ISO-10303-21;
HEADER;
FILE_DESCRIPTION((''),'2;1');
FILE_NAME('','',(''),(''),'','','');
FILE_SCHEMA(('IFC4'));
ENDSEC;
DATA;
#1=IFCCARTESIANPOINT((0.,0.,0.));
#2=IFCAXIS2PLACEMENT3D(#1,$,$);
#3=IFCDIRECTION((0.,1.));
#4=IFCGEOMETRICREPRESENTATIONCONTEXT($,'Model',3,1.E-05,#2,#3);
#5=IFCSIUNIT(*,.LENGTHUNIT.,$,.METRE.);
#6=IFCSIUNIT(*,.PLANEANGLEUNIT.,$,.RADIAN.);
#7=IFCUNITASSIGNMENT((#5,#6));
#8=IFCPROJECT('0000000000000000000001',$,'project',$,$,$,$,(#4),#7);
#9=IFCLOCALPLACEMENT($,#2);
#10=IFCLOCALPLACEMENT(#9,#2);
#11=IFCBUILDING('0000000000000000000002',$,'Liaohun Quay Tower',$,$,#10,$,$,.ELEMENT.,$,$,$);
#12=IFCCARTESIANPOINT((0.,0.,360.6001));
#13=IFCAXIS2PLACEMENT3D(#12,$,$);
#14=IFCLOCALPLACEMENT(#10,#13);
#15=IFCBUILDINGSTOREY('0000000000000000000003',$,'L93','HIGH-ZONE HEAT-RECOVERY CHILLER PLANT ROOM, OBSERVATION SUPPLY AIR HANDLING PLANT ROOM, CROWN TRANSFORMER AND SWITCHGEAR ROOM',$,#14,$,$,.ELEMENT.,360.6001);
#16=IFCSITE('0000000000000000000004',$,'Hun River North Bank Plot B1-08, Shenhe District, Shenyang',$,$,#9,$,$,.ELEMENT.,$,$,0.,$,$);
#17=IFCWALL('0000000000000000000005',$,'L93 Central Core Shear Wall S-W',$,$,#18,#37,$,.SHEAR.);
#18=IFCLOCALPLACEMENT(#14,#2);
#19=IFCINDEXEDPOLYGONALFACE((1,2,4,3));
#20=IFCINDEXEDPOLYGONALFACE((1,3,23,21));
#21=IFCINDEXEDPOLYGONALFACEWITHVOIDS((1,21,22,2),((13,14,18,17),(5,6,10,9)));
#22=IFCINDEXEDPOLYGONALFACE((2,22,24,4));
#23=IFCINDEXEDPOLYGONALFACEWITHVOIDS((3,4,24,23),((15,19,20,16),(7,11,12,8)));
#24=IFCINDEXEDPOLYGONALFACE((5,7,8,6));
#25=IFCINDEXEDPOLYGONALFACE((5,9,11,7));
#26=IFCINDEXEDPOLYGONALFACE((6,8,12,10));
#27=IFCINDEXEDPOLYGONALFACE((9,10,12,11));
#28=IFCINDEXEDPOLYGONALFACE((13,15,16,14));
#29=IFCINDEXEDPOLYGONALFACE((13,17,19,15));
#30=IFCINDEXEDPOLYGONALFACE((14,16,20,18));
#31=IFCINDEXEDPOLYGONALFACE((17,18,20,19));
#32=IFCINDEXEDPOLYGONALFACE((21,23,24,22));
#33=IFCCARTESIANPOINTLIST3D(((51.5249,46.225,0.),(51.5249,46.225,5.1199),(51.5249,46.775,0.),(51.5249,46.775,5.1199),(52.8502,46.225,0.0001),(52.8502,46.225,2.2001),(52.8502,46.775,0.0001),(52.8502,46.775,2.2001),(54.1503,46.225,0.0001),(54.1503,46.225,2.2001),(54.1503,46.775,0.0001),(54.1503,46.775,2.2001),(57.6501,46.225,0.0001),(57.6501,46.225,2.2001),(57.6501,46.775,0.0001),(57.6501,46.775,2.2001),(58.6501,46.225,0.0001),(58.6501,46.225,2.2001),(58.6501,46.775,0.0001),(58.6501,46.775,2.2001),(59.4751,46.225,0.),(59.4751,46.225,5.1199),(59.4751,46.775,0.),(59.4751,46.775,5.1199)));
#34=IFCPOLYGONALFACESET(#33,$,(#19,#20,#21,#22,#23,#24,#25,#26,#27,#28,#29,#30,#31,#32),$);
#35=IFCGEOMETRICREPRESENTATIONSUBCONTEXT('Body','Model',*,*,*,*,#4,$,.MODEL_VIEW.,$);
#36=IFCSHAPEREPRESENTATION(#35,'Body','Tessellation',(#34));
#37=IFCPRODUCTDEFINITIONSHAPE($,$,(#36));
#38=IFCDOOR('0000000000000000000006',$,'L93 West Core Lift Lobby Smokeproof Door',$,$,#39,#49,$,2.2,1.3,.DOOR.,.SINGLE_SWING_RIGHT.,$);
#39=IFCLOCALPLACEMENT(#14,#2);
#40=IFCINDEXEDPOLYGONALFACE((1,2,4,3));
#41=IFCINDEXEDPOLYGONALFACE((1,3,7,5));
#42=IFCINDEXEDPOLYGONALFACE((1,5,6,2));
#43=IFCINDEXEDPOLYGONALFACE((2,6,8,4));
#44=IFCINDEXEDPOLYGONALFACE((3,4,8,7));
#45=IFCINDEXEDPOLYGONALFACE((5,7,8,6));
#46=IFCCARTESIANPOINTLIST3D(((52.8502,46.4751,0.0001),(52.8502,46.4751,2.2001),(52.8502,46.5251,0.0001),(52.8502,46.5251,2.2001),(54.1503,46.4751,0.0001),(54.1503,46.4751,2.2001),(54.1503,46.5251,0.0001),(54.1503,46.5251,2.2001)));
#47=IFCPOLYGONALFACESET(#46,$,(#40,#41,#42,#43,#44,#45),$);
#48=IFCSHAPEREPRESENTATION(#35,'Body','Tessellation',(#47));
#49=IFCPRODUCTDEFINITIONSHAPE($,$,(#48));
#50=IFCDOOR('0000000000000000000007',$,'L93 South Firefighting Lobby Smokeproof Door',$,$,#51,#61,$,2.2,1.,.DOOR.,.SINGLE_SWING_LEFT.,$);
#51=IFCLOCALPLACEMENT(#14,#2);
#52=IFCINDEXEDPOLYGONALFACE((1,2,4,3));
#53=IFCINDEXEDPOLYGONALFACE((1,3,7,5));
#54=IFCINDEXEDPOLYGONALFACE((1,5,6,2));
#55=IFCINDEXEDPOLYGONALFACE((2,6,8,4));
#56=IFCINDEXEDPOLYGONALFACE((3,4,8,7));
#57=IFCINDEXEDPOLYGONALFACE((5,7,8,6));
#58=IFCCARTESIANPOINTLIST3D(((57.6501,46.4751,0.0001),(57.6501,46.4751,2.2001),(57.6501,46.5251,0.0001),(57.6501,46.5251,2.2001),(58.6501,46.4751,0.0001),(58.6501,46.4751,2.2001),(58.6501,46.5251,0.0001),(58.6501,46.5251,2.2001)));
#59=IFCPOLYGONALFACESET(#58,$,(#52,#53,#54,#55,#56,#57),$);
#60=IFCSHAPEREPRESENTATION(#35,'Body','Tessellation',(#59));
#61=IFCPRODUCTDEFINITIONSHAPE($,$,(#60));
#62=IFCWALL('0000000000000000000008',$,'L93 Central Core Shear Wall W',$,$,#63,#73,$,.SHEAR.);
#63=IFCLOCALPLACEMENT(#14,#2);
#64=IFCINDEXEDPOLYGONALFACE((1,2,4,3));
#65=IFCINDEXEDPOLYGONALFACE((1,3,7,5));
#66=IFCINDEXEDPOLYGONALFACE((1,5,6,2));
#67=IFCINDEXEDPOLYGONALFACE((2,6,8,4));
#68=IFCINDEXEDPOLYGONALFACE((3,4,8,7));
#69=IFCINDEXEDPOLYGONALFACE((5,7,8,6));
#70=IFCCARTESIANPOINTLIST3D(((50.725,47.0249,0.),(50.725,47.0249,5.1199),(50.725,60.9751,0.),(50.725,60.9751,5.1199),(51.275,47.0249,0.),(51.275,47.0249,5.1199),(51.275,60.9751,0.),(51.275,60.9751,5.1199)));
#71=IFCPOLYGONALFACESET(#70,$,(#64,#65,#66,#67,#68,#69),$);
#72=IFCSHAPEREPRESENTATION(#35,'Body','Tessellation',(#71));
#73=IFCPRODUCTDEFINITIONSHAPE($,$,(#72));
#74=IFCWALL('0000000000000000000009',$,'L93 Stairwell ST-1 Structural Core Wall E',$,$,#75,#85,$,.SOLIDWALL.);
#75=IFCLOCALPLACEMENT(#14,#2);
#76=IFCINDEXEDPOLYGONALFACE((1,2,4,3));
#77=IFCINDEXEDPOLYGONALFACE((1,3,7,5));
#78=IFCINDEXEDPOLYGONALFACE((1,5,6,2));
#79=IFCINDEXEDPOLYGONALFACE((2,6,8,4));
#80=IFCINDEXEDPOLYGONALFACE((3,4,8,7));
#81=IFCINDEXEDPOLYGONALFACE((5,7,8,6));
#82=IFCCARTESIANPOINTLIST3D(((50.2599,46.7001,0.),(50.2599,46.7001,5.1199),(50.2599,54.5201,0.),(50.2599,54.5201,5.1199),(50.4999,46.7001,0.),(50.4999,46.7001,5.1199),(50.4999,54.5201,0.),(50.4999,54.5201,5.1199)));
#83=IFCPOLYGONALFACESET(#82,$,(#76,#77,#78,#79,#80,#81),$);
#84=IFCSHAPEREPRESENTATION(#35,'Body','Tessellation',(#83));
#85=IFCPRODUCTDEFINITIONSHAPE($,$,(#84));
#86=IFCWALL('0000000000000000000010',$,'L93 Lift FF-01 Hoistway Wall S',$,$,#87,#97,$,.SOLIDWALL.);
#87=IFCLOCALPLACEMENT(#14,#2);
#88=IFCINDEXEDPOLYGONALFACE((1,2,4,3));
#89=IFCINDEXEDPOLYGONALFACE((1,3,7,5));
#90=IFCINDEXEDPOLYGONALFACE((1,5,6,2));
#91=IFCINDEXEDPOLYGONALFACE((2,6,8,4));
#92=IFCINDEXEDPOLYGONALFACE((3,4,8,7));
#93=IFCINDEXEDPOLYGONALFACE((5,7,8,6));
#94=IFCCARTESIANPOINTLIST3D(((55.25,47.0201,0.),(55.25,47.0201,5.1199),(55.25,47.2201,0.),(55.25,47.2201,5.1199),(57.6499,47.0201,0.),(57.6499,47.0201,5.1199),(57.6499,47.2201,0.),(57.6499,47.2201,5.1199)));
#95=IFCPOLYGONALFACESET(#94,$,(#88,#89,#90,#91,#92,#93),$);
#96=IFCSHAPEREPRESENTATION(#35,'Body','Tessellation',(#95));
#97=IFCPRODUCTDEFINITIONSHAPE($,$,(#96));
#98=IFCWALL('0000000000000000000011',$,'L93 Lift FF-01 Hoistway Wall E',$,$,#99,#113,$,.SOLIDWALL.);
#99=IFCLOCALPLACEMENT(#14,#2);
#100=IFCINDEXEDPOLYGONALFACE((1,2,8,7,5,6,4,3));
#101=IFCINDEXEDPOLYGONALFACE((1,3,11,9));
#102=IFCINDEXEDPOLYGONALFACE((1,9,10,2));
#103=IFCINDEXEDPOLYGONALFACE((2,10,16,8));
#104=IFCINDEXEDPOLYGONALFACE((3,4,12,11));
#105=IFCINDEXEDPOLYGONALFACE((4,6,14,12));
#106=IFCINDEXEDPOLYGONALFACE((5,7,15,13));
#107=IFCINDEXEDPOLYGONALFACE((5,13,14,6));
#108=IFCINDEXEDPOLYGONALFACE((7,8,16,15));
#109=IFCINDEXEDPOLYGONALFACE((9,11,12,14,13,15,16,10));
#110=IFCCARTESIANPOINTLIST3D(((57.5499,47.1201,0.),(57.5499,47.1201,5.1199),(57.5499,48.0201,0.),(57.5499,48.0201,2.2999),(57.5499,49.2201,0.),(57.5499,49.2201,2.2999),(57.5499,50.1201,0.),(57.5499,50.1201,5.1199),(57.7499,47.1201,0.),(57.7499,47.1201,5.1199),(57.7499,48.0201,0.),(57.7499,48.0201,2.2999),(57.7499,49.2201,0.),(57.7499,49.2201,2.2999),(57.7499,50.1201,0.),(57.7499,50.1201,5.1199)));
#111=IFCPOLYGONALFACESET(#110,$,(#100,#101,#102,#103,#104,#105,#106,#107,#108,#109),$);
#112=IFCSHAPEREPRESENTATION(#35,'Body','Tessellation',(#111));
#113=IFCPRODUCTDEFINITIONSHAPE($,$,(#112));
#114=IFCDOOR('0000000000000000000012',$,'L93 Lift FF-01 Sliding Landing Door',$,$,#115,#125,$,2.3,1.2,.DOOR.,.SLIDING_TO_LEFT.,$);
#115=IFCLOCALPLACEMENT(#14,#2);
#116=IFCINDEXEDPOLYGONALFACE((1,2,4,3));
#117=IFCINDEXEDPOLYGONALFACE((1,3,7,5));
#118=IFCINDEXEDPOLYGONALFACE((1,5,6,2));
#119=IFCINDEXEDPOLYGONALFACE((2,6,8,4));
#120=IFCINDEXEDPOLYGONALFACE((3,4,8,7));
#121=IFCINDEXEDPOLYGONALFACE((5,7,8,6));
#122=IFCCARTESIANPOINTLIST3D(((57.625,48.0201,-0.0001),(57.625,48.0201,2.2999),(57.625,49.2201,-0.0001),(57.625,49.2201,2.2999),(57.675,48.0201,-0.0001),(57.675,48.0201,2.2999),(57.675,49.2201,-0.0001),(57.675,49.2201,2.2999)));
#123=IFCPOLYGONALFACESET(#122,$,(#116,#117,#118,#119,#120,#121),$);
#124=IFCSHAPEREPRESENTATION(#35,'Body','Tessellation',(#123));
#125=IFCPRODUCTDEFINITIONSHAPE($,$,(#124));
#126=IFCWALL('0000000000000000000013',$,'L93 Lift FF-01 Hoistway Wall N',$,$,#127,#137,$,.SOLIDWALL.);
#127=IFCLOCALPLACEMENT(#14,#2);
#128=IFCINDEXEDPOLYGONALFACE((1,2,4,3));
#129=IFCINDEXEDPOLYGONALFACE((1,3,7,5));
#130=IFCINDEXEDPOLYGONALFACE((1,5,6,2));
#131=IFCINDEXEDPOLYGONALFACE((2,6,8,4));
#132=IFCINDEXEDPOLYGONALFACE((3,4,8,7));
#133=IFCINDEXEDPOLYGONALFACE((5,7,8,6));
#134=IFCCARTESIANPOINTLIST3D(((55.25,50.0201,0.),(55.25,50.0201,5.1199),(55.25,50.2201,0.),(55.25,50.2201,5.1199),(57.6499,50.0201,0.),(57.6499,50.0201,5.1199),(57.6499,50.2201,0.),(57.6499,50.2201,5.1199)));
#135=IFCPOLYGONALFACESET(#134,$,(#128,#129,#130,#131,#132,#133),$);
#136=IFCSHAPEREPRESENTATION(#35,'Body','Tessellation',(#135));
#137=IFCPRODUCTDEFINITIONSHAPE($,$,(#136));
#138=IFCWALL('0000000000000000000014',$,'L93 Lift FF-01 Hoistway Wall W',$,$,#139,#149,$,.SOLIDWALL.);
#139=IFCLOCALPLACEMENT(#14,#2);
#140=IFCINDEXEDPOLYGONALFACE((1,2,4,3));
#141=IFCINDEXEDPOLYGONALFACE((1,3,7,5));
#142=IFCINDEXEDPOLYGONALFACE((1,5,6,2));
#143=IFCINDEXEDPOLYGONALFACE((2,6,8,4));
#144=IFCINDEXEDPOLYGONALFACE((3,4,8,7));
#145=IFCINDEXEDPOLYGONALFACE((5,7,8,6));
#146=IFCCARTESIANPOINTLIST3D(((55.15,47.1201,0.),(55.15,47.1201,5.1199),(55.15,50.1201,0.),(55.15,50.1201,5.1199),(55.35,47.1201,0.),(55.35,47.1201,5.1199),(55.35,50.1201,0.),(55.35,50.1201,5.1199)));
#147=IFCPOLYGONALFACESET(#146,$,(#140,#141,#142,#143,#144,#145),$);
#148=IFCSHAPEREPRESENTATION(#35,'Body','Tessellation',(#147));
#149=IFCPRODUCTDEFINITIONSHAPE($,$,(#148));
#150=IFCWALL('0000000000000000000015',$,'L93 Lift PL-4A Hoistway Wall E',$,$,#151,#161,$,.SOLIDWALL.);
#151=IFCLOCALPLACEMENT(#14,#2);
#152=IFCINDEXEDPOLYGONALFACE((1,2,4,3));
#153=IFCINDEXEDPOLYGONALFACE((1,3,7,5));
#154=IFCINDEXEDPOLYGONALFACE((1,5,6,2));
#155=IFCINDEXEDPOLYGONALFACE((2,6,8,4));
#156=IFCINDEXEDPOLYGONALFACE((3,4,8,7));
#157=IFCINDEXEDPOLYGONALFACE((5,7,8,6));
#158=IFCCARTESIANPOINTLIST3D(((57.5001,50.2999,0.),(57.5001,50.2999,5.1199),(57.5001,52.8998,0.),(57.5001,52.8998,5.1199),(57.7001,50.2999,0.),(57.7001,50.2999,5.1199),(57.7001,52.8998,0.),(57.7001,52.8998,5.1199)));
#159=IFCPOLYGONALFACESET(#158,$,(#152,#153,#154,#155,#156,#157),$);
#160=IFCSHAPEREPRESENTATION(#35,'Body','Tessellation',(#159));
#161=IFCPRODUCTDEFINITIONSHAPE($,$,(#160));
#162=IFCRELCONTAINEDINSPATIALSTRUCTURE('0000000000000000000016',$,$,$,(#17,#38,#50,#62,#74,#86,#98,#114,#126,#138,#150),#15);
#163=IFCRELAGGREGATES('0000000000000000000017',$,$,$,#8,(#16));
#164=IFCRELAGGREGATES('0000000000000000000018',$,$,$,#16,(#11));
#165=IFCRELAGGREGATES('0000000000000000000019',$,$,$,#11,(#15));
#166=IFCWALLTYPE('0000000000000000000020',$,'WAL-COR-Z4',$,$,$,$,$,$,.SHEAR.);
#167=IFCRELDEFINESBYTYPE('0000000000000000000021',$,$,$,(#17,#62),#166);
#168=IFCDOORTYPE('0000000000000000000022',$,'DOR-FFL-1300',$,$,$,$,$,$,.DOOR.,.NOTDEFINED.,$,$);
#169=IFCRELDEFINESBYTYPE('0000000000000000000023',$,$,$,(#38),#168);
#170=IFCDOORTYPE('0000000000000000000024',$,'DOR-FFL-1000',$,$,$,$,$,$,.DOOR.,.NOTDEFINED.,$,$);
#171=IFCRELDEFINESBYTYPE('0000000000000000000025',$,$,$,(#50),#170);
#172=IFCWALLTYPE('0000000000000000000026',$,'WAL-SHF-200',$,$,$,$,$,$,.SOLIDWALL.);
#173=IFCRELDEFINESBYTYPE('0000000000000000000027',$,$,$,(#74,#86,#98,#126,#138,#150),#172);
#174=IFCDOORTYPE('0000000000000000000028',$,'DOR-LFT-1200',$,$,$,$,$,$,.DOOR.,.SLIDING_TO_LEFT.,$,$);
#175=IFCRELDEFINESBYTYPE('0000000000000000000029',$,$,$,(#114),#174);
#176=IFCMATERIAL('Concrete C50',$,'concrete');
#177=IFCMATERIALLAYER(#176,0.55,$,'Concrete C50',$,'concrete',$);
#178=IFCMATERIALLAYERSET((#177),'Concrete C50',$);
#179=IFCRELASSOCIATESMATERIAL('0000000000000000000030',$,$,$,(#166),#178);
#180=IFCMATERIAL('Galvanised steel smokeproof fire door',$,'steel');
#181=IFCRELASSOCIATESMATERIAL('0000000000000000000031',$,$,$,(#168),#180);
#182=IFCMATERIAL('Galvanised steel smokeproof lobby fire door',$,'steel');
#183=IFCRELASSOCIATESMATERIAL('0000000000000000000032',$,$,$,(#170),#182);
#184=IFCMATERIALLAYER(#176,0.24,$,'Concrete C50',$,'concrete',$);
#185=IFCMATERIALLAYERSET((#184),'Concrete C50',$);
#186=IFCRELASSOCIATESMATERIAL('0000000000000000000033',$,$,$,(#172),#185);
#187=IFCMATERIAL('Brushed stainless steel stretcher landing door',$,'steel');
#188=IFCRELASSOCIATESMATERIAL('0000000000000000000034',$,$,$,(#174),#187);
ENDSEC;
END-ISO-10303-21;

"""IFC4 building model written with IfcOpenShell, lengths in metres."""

from ifc_helpers import new_model, si_unit, direction, frame, frame_2d, origin, place, context, subcontext, project, spatial, rectangle, extrude, source, transform, mapped, material, layer, layer_set, type_object, element, fill, save


model = new_model("IFC4")

# Units and contexts
model_context = context("Model", 3, precision=1e-05, world=origin(), true_north=direction((0.0, 1.0)))
body_context = subcontext(model_context, "Body", "Model", "MODEL_VIEW")
ifc_project = project(units=[si_unit("LENGTHUNIT", "METRE"), si_unit("PLANEANGLEUNIT", "RADIAN")], contexts=[model_context])

# Site, building, storey
site_placement = place(None, origin())
site = spatial("IfcSite", under=ifc_project, at=site_placement, Name="Hun River North Bank Plot B1-08, Shenhe District, Shenyang", CompositionType="ELEMENT", RefElevation=0.0)
building_placement = place(site_placement, origin())
building = spatial("IfcBuilding", under=site, at=building_placement, Name="Liaohun Quay Tower", CompositionType="ELEMENT")
storey_placement = place(building_placement, frame((0.0, 0.0, 360.6001)))
storey = spatial("IfcBuildingStorey", under=building, at=storey_placement, Name="L93", Description="HIGH-ZONE HEAT-RECOVERY CHILLER PLANT ROOM, OBSERVATION SUPPLY AIR HANDLING PLANT ROOM, CROWN TRANSFORMER AND SWITCHGEAR ROOM", CompositionType="ELEMENT", Elevation=360.6001)

# Shared definitions
ifc_material_1 = material(Name="Concrete C50", Category="concrete")

# Wall, openings, doors
ifc_layer_1 = layer(ifc_material_1, 0.55, Name="Concrete C50", Category="concrete")
ifc_layer_set_1 = layer_set([ifc_layer_1], Name="Concrete C50")
wall_type_1 = type_object("IfcWallType", Name="WAL-COR-Z4", PredefinedType="SHEAR", material=ifc_layer_set_1)
wall_1_placement = place(storey_placement, frame((59.4751, 46.5, 0.0), z_axis=(0.0, 0.0, 1.0), x_axis=(-1.0, 0.0, 0.0)))
wall_1 = element("IfcWall", 1, at=wall_1_placement, inside=storey, type_object=wall_type_1, Name="L93 Central Core Shear Wall S-W", PredefinedType="SHEAR", context=body_context, shape_type="SweptSolid", body=[
    extrude(rectangle(XDim=7.9502, YDim=0.55, at=frame_2d((3.9751, 0.0))), origin(), (0.0, 0.0, 1.0), 5.1199),
])
shared_shape_1 = source(origin(), body_context, "Body", "SweptSolid", [
    extrude(rectangle(XDim=1.3, YDim=2.2, at=frame_2d((0.6499, 1.1001))), frame((0.0, 0.2849, 0.0), z_axis=(0.0, -1.0, 0.0), x_axis=(1.0, 0.0, 0.0)), (0.0, 0.0, 1.0), 0.5701),
])
opening_1_placement = place(wall_1_placement, frame((5.325, 0.0, 0.0)))
opening_1 = element("IfcOpeningElement", 2, at=opening_1_placement, cuts=wall_1, PredefinedType="OPENING", context=body_context, shape_type="MappedRepresentation", body=[
    mapped(shared_shape_1, transform((0.0, 0.0, 0.0), x_axis=(1.0, 0.0, 0.0), y_axis=(0.0, 1.0, 0.0), z_axis=(0.0, 0.0, 1.0), scale=1.0)),
])
shared_shape_2 = source(origin(), body_context, "Body", "SweptSolid", [
    extrude(rectangle(XDim=1.0, YDim=2.2, at=frame_2d((0.5, 1.1001))), frame((0.0, 0.2849, 0.0), z_axis=(0.0, -1.0, 0.0), x_axis=(1.0, 0.0, 0.0)), (0.0, 0.0, 1.0), 0.5701),
])
opening_2_placement = place(wall_1_placement, frame((0.825, 0.0, 0.0)))
opening_2 = element("IfcOpeningElement", 3, at=opening_2_placement, cuts=wall_1, PredefinedType="OPENING", context=body_context, shape_type="MappedRepresentation", body=[
    mapped(shared_shape_2, transform((0.0, 0.0, 0.0), x_axis=(1.0, 0.0, 0.0), y_axis=(0.0, 1.0, 0.0), z_axis=(0.0, 0.0, 1.0), scale=1.0)),
])
ifc_material_2 = material(Name="Galvanised steel smokeproof fire door", Category="steel")
door_type_1 = type_object("IfcDoorType", Name="DOR-FFL-1300", OperationType="NOTDEFINED", PredefinedType="DOOR", material=ifc_material_2)
shared_shape_3 = source(origin(), body_context, "Body", "SweptSolid", [
    extrude(rectangle(XDim=1.3, YDim=2.2, at=frame_2d((0.6499, 1.1001))), frame((0.0, 0.0249, 0.0), z_axis=(0.0, -1.0, 0.0), x_axis=(1.0, 0.0, 0.0)), (0.0, 0.0, 1.0), 0.05),
])
door_1_placement = place(opening_1_placement, origin())
door_1 = element("IfcDoor", 4, at=door_1_placement, inside=storey, type_object=door_type_1, Name="L93 West Core Lift Lobby Smokeproof Door", OperationType="SINGLE_SWING_RIGHT", OverallHeight=2.2, OverallWidth=1.3, PredefinedType="DOOR", context=body_context, shape_type="MappedRepresentation", body=[
    mapped(shared_shape_3, transform((0.0, 0.0, 0.0), x_axis=(1.0, 0.0, 0.0), y_axis=(0.0, 1.0, 0.0), z_axis=(0.0, 0.0, 1.0), scale=1.0)),
])
fill(opening_1, door_1)
ifc_material_3 = material(Name="Galvanised steel smokeproof lobby fire door", Category="steel")
door_type_2 = type_object("IfcDoorType", Name="DOR-FFL-1000", OperationType="NOTDEFINED", PredefinedType="DOOR", material=ifc_material_3)
shared_shape_4 = source(origin(), body_context, "Body", "SweptSolid", [
    extrude(rectangle(XDim=1.0, YDim=2.2, at=frame_2d((0.5, 1.1001))), frame((0.0, 0.0249, 0.0), z_axis=(0.0, -1.0, 0.0), x_axis=(1.0, 0.0, 0.0)), (0.0, 0.0, 1.0), 0.05),
])
door_2_placement = place(opening_2_placement, origin())
door_2 = element("IfcDoor", 5, at=door_2_placement, inside=storey, type_object=door_type_2, Name="L93 South Firefighting Lobby Smokeproof Door", OperationType="SINGLE_SWING_LEFT", OverallHeight=2.2, OverallWidth=1.0, PredefinedType="DOOR", context=body_context, shape_type="MappedRepresentation", body=[
    mapped(shared_shape_4, transform((0.0, 0.0, 0.0), x_axis=(1.0, 0.0, 0.0), y_axis=(0.0, 1.0, 0.0), z_axis=(0.0, 0.0, 1.0), scale=1.0)),
])
fill(opening_2, door_2)

# Walls
wall_2_placement = place(storey_placement, frame((51.0, 47.0249, 0.0), z_axis=(0.0, 0.0, 1.0), x_axis=(0.0, 1.0, 0.0)))
element("IfcWall", 6, at=wall_2_placement, inside=storey, type_object=wall_type_1, Name="L93 Central Core Shear Wall W", PredefinedType="SHEAR", context=body_context, shape_type="SweptSolid", body=[
    extrude(rectangle(XDim=13.9502, YDim=0.55, at=frame_2d((6.9751, 0.0))), origin(), (0.0, 0.0, 1.0), 5.1199),
])
ifc_layer_2 = layer(ifc_material_1, 0.24, Name="Concrete C50", Category="concrete")
ifc_layer_set_2 = layer_set([ifc_layer_2], Name="Concrete C50")
wall_type_2 = type_object("IfcWallType", Name="WAL-SHF-200", PredefinedType="SOLIDWALL", material=ifc_layer_set_2)
wall_3_placement = place(storey_placement, frame((50.3799, 46.7, 0.0), z_axis=(0.0, 0.0, 1.0), x_axis=(0.0, 1.0, 0.0)))
element("IfcWall", 7, at=wall_3_placement, inside=storey, type_object=wall_type_2, Name="L93 Stairwell ST-1 Structural Core Wall E", PredefinedType="SOLIDWALL", context=body_context, shape_type="SweptSolid", body=[
    extrude(rectangle(XDim=7.8201, YDim=0.24, at=frame_2d((3.9102, 0.0))), origin(), (0.0, 0.0, 1.0), 5.1199),
])
wall_4_placement = place(storey_placement, frame((55.25, 47.1201, 0.0), z_axis=(0.0, 0.0, 1.0), x_axis=(1.0, 0.0, 0.0)))
element("IfcWall", 8, at=wall_4_placement, inside=storey, type_object=wall_type_2, Name="L93 Lift FF-01 Hoistway Wall S", PredefinedType="SOLIDWALL", context=body_context, shape_type="SweptSolid", body=[
    extrude(rectangle(XDim=2.3999, YDim=0.2, at=frame_2d((1.2, 0.0))), origin(), (0.0, 0.0, 1.0), 5.1199),
])

# Wall, opening, door
wall_5_placement = place(storey_placement, frame((57.6499, 47.1201, 0.0), z_axis=(0.0, 0.0, 1.0), x_axis=(0.0, 1.0, 0.0)))
wall_5 = element("IfcWall", 9, at=wall_5_placement, inside=storey, type_object=wall_type_2, Name="L93 Lift FF-01 Hoistway Wall E", PredefinedType="SOLIDWALL", context=body_context, shape_type="SweptSolid", body=[
    extrude(rectangle(XDim=3.0, YDim=0.2, at=frame_2d((1.5, 0.0))), origin(), (0.0, 0.0, 1.0), 5.1199),
])
shared_shape_5 = source(origin(), body_context, "Body", "SweptSolid", [
    extrude(rectangle(XDim=1.2, YDim=2.3, at=frame_2d((0.6001, 1.1499))), frame((0.0, 0.1099, 0.0), z_axis=(0.0, -1.0, 0.0), x_axis=(1.0, 0.0, 0.0)), (0.0, 0.0, 1.0), 0.22),
])
opening_3_placement = place(wall_5_placement, frame((0.8999, 0.0, 0.0)))
opening_3 = element("IfcOpeningElement", 10, at=opening_3_placement, cuts=wall_5, PredefinedType="OPENING", context=body_context, shape_type="MappedRepresentation", body=[
    mapped(shared_shape_5, transform((0.0, 0.0, 0.0), x_axis=(1.0, 0.0, 0.0), y_axis=(0.0, 1.0, 0.0), z_axis=(0.0, 0.0, 1.0), scale=1.0)),
])
ifc_material_4 = material(Name="Brushed stainless steel stretcher landing door", Category="steel")
door_type_3 = type_object("IfcDoorType", Name="DOR-LFT-1200", OperationType="SLIDING_TO_LEFT", PredefinedType="DOOR", material=ifc_material_4)
shared_shape_6 = source(origin(), body_context, "Body", "SweptSolid", [
    extrude(rectangle(XDim=1.2, YDim=2.3, at=frame_2d((0.6001, 1.1499))), frame((0.0, 0.0249, 0.0), z_axis=(0.0, -1.0, 0.0), x_axis=(1.0, 0.0, 0.0)), (0.0, 0.0, 1.0), 0.05),
])
door_3_placement = place(opening_3_placement, origin())
door_3 = element("IfcDoor", 11, at=door_3_placement, inside=storey, type_object=door_type_3, Name="L93 Lift FF-01 Sliding Landing Door", OperationType="SLIDING_TO_LEFT", OverallHeight=2.3, OverallWidth=1.2, PredefinedType="DOOR", context=body_context, shape_type="MappedRepresentation", body=[
    mapped(shared_shape_6, transform((0.0, 0.0, 0.0), x_axis=(1.0, 0.0, 0.0), y_axis=(0.0, 1.0, 0.0), z_axis=(0.0, 0.0, 1.0), scale=1.0)),
])
fill(opening_3, door_3)

# Walls
wall_6_placement = place(storey_placement, frame((57.6499, 50.1201, 0.0), z_axis=(0.0, 0.0, 1.0), x_axis=(-1.0, 0.0, 0.0)))
element("IfcWall", 12, at=wall_6_placement, inside=storey, type_object=wall_type_2, Name="L93 Lift FF-01 Hoistway Wall N", PredefinedType="SOLIDWALL", context=body_context, shape_type="SweptSolid", body=[
    extrude(rectangle(XDim=2.3999, YDim=0.2, at=frame_2d((1.2, 0.0))), origin(), (0.0, 0.0, 1.0), 5.1199),
])
wall_7_placement = place(storey_placement, frame((55.25, 50.1201, 0.0), z_axis=(0.0, 0.0, 1.0), x_axis=(0.0, -1.0, 0.0)))
element("IfcWall", 13, at=wall_7_placement, inside=storey, type_object=wall_type_2, Name="L93 Lift FF-01 Hoistway Wall W", PredefinedType="SOLIDWALL", context=body_context, shape_type="SweptSolid", body=[
    extrude(rectangle(XDim=3.0, YDim=0.2, at=frame_2d((1.5, 0.0))), origin(), (0.0, 0.0, 1.0), 5.1199),
])
for number, where, z_axis, x_axis, name in (
    (14, (57.6001, 50.3, 0.0), (0.0, 0.0, 1.0), (0.0, 1.0, 0.0), "L93 Lift PL-4A Hoistway Wall E"),
):
    element("IfcWall", number, at=place(storey_placement, frame(where, z_axis=z_axis, x_axis=x_axis)), inside=storey, type_object=wall_type_2, Name=name, PredefinedType="SOLIDWALL", context=body_context, shape_type="SweptSolid", body=[
        extrude(rectangle(XDim=2.5999, YDim=0.2, at=frame_2d((1.2998, 0.0))), origin(), (0.0, 0.0, 1.0), 5.1199),
    ])

save(model, "model.ifc")
